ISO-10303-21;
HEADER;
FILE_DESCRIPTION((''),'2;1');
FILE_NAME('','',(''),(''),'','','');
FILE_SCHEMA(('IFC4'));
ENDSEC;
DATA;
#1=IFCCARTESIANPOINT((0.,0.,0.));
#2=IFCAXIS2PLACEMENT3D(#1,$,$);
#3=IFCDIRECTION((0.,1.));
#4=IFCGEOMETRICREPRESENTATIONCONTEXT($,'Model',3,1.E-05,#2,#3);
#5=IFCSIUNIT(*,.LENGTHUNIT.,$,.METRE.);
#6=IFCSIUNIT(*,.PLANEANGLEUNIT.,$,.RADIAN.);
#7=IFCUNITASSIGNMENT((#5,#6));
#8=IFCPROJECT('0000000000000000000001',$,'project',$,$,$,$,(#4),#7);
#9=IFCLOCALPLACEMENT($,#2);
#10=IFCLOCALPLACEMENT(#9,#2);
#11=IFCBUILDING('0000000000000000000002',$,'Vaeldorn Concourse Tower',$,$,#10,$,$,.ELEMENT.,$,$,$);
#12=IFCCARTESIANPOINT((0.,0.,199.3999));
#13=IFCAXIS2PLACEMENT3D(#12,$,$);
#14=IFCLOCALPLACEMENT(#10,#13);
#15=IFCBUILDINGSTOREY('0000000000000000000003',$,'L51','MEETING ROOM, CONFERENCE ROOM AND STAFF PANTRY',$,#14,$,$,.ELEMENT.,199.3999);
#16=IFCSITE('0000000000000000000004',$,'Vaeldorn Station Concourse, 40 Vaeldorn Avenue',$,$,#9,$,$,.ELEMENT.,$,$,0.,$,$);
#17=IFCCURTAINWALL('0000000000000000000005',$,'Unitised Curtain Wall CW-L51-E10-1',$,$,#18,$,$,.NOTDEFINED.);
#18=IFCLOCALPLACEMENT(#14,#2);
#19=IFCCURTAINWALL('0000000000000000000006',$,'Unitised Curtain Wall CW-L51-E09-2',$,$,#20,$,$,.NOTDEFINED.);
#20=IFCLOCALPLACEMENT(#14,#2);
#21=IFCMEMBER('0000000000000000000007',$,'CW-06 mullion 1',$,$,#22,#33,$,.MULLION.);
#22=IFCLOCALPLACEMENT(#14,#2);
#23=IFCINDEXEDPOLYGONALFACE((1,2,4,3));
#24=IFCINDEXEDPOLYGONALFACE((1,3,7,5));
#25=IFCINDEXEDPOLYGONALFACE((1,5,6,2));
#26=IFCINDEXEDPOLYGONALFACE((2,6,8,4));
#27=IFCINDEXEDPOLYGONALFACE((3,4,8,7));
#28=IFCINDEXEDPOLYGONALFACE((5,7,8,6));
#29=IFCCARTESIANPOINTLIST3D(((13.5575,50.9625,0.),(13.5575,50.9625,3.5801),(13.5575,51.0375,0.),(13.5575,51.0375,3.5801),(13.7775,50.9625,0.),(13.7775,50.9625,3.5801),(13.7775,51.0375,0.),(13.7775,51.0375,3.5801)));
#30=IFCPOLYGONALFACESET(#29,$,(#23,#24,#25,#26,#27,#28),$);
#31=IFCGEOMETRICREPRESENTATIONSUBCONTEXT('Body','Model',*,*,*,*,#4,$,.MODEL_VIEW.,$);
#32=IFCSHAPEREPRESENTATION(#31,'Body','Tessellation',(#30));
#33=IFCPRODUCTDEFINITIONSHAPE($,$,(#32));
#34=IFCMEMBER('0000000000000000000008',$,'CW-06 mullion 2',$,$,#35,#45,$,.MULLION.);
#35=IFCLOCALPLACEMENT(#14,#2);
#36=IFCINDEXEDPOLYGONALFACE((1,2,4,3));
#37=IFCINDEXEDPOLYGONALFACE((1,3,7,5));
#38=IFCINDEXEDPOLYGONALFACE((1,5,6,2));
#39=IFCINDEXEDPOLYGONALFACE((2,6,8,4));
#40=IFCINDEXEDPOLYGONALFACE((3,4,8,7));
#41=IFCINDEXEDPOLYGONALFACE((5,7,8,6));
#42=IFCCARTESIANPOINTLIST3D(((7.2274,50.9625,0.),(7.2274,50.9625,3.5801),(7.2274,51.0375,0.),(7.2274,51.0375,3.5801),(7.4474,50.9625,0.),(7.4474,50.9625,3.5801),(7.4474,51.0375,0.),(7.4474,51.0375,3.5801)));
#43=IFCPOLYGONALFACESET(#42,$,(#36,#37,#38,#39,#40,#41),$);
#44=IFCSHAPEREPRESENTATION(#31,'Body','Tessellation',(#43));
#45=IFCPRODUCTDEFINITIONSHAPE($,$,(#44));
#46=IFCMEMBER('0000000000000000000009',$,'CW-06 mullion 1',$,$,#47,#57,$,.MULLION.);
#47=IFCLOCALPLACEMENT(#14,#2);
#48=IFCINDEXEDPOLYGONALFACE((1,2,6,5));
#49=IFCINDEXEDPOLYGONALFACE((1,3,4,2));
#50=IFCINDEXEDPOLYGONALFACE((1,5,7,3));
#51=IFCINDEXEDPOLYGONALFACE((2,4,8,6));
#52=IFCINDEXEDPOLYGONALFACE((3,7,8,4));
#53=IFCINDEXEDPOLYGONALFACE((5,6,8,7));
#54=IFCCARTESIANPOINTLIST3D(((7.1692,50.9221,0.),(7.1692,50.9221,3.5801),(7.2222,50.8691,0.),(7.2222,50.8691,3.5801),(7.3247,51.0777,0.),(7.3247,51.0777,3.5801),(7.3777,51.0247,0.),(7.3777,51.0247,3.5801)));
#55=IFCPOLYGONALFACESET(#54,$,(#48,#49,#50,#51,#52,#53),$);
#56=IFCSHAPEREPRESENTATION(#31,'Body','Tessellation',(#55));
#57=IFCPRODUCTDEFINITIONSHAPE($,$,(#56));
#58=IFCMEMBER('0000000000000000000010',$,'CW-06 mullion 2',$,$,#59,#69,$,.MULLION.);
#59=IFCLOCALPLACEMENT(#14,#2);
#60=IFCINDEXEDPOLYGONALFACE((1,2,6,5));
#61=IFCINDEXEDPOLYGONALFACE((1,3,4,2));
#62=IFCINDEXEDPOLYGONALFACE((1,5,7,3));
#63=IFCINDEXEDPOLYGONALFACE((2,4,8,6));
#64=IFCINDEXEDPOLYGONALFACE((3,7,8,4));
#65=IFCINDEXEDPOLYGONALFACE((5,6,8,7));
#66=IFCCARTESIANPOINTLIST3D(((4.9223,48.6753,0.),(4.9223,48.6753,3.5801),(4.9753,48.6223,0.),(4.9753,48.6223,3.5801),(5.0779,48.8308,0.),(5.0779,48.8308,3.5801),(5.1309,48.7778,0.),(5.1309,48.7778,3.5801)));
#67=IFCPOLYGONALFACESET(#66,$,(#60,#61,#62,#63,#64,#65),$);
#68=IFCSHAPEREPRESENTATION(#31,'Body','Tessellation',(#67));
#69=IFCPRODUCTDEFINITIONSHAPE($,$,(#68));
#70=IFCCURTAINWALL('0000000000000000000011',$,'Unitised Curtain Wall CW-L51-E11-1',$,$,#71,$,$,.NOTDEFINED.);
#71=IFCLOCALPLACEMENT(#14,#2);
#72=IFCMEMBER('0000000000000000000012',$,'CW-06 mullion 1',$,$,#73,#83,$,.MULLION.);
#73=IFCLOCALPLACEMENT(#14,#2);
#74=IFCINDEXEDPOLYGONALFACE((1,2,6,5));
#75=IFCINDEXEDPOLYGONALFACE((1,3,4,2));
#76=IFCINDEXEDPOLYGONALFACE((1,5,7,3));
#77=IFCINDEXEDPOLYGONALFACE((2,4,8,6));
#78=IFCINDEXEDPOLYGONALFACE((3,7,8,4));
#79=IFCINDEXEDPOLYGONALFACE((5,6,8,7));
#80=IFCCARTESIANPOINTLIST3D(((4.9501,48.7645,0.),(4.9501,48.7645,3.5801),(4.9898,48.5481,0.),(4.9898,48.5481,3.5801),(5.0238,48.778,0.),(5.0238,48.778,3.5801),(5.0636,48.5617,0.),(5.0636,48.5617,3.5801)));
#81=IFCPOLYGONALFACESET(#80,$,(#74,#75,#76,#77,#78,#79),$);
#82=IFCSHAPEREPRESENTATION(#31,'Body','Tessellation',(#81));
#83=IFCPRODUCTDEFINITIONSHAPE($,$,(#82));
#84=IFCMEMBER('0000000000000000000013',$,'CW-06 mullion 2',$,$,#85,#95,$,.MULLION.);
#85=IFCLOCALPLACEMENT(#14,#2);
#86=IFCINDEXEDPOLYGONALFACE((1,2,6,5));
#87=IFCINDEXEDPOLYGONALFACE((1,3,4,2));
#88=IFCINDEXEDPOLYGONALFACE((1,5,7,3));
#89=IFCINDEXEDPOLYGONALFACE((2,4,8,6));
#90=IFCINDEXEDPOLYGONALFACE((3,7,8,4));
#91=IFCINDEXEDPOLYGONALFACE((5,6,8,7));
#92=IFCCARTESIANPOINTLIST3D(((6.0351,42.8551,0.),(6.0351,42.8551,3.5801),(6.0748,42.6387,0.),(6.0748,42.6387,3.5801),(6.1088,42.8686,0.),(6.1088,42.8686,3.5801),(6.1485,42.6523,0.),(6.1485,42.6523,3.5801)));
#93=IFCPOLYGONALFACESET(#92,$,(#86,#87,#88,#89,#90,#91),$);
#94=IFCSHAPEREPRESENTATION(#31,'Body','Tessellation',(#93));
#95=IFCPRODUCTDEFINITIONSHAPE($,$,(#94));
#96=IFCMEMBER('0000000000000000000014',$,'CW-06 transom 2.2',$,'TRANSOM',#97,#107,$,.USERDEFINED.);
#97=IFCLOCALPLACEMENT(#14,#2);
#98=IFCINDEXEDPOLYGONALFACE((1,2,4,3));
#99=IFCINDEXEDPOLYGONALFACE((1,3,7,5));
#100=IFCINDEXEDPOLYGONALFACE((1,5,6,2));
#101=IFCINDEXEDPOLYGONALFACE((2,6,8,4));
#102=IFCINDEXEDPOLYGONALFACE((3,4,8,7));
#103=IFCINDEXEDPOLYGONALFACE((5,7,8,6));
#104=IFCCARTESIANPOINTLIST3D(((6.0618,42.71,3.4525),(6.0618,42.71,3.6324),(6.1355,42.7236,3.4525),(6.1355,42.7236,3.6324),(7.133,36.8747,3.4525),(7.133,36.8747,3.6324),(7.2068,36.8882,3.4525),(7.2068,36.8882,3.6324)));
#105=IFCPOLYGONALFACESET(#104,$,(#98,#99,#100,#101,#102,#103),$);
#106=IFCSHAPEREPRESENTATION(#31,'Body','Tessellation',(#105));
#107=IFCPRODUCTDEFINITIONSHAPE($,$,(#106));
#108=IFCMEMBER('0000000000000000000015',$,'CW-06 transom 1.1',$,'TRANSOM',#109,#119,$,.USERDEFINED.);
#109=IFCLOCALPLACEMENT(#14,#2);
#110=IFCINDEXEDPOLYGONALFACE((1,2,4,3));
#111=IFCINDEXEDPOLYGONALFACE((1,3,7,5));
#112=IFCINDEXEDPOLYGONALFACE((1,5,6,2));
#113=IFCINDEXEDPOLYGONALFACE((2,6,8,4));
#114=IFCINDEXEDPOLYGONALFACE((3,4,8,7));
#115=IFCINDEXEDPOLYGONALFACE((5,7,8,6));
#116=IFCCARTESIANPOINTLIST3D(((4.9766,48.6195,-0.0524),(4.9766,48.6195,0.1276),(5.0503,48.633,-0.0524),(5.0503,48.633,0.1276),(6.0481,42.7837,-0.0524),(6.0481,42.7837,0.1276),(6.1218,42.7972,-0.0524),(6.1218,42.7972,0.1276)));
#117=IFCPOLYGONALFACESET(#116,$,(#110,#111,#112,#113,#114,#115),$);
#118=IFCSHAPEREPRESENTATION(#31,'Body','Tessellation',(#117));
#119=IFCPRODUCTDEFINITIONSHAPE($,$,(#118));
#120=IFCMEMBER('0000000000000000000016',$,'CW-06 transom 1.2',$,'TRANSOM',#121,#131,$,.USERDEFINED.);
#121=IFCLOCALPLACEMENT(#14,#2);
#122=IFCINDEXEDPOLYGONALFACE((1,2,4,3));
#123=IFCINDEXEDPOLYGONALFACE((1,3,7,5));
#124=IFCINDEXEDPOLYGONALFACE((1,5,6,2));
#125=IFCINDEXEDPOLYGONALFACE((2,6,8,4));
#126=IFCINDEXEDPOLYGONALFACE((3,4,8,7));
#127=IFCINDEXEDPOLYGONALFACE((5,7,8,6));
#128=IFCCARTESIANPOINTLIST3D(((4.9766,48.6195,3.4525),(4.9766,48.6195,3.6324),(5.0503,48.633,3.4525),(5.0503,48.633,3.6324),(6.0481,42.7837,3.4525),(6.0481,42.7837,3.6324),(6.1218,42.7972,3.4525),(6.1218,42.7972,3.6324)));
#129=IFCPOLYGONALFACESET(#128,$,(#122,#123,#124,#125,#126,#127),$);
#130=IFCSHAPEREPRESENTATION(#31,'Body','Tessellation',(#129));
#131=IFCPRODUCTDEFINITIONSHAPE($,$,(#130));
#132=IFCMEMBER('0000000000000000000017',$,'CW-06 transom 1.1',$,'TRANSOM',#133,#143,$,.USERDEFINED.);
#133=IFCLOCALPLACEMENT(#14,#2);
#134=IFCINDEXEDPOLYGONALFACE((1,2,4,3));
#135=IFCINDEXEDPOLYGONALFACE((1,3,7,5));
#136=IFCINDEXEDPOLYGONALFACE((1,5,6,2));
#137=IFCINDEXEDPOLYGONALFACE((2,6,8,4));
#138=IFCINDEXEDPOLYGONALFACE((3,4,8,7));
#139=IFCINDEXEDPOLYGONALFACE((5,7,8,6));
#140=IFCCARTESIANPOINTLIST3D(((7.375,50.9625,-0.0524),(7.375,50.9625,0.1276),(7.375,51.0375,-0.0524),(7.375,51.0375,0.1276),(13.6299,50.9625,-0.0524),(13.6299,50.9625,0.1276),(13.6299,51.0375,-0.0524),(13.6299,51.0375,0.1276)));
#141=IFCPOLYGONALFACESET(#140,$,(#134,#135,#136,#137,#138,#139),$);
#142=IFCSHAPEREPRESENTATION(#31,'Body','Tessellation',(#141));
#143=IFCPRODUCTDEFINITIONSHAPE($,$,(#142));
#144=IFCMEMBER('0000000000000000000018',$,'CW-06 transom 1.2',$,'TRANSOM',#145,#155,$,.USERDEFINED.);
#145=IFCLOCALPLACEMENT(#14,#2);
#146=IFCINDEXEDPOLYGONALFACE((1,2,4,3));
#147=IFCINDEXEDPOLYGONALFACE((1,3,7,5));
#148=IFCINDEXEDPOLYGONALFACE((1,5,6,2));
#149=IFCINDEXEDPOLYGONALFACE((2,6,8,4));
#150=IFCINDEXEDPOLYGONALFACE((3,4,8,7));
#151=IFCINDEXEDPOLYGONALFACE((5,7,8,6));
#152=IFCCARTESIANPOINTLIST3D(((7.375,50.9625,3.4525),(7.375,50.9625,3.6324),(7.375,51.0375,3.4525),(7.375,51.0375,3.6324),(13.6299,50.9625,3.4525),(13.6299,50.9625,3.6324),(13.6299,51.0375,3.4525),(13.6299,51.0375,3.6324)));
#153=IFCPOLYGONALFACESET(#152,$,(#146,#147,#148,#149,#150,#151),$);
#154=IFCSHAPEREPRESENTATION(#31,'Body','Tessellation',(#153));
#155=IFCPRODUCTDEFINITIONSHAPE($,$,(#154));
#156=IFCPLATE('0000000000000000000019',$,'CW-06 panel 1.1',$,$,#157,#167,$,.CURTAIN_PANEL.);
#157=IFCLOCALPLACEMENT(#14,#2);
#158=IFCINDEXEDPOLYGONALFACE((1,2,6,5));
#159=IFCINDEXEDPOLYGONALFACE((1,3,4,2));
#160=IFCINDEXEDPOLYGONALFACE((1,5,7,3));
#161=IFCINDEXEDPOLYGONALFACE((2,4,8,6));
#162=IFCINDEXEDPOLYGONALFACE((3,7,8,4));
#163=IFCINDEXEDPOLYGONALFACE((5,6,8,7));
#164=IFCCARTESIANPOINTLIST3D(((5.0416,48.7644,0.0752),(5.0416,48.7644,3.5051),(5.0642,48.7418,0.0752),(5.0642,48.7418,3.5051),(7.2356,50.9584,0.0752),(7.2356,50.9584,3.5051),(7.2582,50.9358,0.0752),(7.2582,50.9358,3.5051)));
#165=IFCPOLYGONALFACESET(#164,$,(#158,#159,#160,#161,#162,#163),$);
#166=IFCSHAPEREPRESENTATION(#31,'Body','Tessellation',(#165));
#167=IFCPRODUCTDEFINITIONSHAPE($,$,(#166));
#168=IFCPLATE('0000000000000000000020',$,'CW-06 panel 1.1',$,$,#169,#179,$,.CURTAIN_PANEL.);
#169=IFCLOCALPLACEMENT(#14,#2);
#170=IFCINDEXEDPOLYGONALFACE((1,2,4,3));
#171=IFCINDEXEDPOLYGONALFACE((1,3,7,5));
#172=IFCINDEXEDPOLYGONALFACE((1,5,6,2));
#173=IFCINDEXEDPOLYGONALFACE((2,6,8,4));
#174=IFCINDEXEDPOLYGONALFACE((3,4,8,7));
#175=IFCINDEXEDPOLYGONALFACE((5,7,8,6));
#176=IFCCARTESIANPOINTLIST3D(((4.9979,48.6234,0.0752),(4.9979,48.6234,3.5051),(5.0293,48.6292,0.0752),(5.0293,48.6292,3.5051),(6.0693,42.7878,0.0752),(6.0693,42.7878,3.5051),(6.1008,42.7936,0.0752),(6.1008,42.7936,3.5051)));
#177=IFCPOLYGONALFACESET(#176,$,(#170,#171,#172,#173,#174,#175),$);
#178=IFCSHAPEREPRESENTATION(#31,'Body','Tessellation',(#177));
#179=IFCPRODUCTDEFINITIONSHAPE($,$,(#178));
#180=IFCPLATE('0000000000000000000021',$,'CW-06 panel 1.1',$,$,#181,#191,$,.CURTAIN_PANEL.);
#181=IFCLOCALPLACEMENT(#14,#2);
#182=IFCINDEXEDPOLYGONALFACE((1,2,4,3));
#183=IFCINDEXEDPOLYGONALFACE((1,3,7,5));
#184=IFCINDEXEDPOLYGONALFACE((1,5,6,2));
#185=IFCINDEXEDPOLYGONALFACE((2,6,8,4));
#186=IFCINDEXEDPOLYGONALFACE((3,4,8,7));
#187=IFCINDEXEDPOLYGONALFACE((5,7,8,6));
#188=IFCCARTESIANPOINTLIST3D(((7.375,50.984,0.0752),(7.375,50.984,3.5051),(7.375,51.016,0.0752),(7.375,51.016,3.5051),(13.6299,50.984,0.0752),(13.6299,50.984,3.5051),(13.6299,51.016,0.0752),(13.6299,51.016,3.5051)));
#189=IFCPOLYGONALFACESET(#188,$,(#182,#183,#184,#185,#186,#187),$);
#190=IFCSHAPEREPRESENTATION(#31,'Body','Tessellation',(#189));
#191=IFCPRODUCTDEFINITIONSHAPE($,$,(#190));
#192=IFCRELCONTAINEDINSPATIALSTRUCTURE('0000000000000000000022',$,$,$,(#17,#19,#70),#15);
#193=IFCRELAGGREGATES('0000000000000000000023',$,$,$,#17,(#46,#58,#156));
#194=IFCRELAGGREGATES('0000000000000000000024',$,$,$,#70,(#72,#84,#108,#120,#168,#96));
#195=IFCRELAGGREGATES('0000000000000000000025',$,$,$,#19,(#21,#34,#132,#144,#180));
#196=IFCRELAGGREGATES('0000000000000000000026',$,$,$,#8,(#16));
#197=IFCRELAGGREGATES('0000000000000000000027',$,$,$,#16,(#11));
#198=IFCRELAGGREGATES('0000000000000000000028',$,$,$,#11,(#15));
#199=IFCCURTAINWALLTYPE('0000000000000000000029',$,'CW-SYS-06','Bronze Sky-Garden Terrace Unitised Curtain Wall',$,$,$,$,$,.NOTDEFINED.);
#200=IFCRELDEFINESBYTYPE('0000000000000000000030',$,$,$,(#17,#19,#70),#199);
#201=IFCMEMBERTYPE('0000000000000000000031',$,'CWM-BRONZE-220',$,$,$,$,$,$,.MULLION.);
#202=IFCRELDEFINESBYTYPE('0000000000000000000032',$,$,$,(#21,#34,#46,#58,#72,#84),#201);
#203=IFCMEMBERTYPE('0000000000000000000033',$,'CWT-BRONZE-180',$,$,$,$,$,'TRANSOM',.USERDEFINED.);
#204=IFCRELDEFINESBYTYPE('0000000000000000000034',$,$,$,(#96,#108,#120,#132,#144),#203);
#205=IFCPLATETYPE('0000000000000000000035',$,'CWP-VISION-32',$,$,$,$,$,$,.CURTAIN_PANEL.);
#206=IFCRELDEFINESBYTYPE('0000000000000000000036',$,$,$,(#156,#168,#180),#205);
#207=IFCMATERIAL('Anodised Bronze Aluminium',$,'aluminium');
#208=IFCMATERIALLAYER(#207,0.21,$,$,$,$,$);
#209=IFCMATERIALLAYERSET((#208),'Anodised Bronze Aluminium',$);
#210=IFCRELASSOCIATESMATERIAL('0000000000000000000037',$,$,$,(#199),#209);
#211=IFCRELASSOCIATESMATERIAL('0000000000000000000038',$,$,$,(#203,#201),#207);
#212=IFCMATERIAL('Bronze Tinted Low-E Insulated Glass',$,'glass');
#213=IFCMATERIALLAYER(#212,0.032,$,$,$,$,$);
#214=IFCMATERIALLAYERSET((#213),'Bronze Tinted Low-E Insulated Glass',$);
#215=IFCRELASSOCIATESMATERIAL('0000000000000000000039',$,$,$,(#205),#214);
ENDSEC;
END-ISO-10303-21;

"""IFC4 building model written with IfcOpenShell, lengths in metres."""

from ifc_helpers import new_model, si_unit, direction, frame, origin, origin_2d, place, context, subcontext, project, spatial, rectangle, extrude, source, transform, mapped, material, layer, layer_set, material_profile, profile_set, type_object, element, aggregate, save


model = new_model("IFC4")

# Units and contexts
model_context = context("Model", 3, precision=1e-05, world=origin(), true_north=direction((0.0, 1.0)))
body_context = subcontext(model_context, "Body", "Model", "MODEL_VIEW")
ifc_project = project(units=[si_unit("LENGTHUNIT", "METRE"), si_unit("PLANEANGLEUNIT", "RADIAN")], contexts=[model_context])

# Site, building, storey
site_placement = place(None, origin())
site = spatial("IfcSite", under=ifc_project, at=site_placement, Name="Vaeldorn Station Concourse, 40 Vaeldorn Avenue", CompositionType="ELEMENT", RefElevation=0.0)
building_placement = place(site_placement, origin())
building = spatial("IfcBuilding", under=site, at=building_placement, Name="Vaeldorn Concourse Tower", CompositionType="ELEMENT")
storey_placement = place(building_placement, frame((0.0, 0.0, 199.3999)))
storey = spatial("IfcBuildingStorey", under=building, at=storey_placement, Name="L51", Description="MEETING ROOM, CONFERENCE ROOM AND STAFF PANTRY", CompositionType="ELEMENT", Elevation=199.3999)

# Curtain walls, members
ifc_material_1 = material(Name="Anodised Bronze Aluminium", Category="aluminium")
ifc_layer_1 = layer(ifc_material_1, 0.21)
ifc_layer_set_1 = layer_set([ifc_layer_1], Name="Anodised Bronze Aluminium")
curtain_wall_type = type_object("IfcCurtainWallType", Name="CW-SYS-06", Description="Bronze Sky-Garden Terrace Unitised Curtain Wall", PredefinedType="NOTDEFINED", material=ifc_layer_set_1)
curtain_wall_1_placement = place(storey_placement, origin())
curtain_wall_1 = element("IfcCurtainWall", 1, at=curtain_wall_1_placement, inside=storey, type_object=curtain_wall_type, Name="Unitised Curtain Wall CW-L51-E10-1", PredefinedType="NOTDEFINED")
ifc_material_profile_1 = material_profile(ifc_material_1, rectangle(XDim=0.075, YDim=0.1799, at=origin_2d()), Name="CWT 75x180")
ifc_profile_set_1 = profile_set([ifc_material_profile_1], Name="Anodised Bronze Aluminium")
member_type_1 = type_object("IfcMemberType", Name="CWT-BRONZE-180", ElementType="TRANSOM", PredefinedType="USERDEFINED", material=ifc_profile_set_1)
curtain_wall_2_placement = place(storey_placement, origin())
curtain_wall_2 = element("IfcCurtainWall", 2, at=curtain_wall_2_placement, inside=storey, type_object=curtain_wall_type, Name="Unitised Curtain Wall CW-L51-E09-2", PredefinedType="NOTDEFINED")
ifc_material_profile_2 = material_profile(ifc_material_1, rectangle(XDim=0.075, YDim=0.22, at=origin_2d()), Name="CWM 75x220")
ifc_profile_set_2 = profile_set([ifc_material_profile_2], Name="Anodised Bronze Aluminium")
member_type_2 = type_object("IfcMemberType", Name="CWM-BRONZE-220", PredefinedType="MULLION", material=ifc_profile_set_2)
shared_shape_1 = source(origin(), body_context, "Body", "SweptSolid", [
    extrude(rectangle(XDim=0.075, YDim=0.22, at=origin_2d()), origin(), (0.0, 0.0, 1.0), 3.5801),
])
member_1_placement = place(storey_placement, frame((13.6675, 51.0, 0.0), z_axis=(0.0, 0.0, 1.0), x_axis=(0.0, -1.0, 0.0)))
member_1 = element("IfcMember", 3, at=member_1_placement, type_object=member_type_2, Name="CW-06 mullion 1", PredefinedType="MULLION", context=body_context, shape_type="MappedRepresentation", body=[
    mapped(shared_shape_1, transform((0.0, 0.0, 0.0), scale=1.0)),
])
member_2_placement = place(storey_placement, frame((7.3374, 51.0, 0.0), z_axis=(0.0, 0.0, 1.0), x_axis=(0.0, -1.0, 0.0)))
member_2 = element("IfcMember", 4, at=member_2_placement, type_object=member_type_2, Name="CW-06 mullion 2", PredefinedType="MULLION", context=body_context, shape_type="MappedRepresentation", body=[
    mapped(shared_shape_1, transform((0.0, 0.0, 0.0), scale=1.0)),
])

# Members
member_3_placement = place(storey_placement, frame((7.2734, 50.9734, 0.0), z_axis=(0.0, 0.0, 1.0), x_axis=(0.707107, -0.707107, 0.0)))
member_3 = element("IfcMember", 5, at=member_3_placement, type_object=member_type_2, Name="CW-06 mullion 1", PredefinedType="MULLION", context=body_context, shape_type="MappedRepresentation", body=[
    mapped(shared_shape_1, transform((0.0, 0.0, 0.0), scale=1.0)),
])
member_4_placement = place(storey_placement, frame((5.0266, 48.7266, 0.0), z_axis=(0.0, 0.0, 1.0), x_axis=(0.707107, -0.707107, 0.0)))
member_4 = element("IfcMember", 6, at=member_4_placement, type_object=member_type_2, Name="CW-06 mullion 2", PredefinedType="MULLION", context=body_context, shape_type="MappedRepresentation", body=[
    mapped(shared_shape_1, transform((0.0, 0.0, 0.0), scale=1.0)),
])

# Curtain wall, members
curtain_wall_3_placement = place(storey_placement, origin())
curtain_wall_3 = element("IfcCurtainWall", 7, at=curtain_wall_3_placement, inside=storey, type_object=curtain_wall_type, Name="Unitised Curtain Wall CW-L51-E11-1", PredefinedType="NOTDEFINED")
member_5_placement = place(storey_placement, frame((5.0068, 48.6631, 0.0), z_axis=(0.0, 0.0, 1.0), x_axis=(0.983559, 0.180585, 0.0)))
member_5 = element("IfcMember", 8, at=member_5_placement, type_object=member_type_2, Name="CW-06 mullion 1", PredefinedType="MULLION", context=body_context, shape_type="MappedRepresentation", body=[
    mapped(shared_shape_1, transform((0.0, 0.0, 0.0), scale=1.0)),
])
member_6_placement = place(storey_placement, frame((6.0918, 42.7537, 0.0), z_axis=(0.0, 0.0, 1.0), x_axis=(0.983559, 0.180585, 0.0)))
member_6 = element("IfcMember", 9, at=member_6_placement, type_object=member_type_2, Name="CW-06 mullion 2", PredefinedType="MULLION", context=body_context, shape_type="MappedRepresentation", body=[
    mapped(shared_shape_1, transform((0.0, 0.0, 0.0), scale=1.0)),
])
shared_shape_2 = source(origin(), body_context, "Body", "SweptSolid", [
    extrude(rectangle(XDim=0.075, YDim=0.1799, at=origin_2d()), origin(), (0.0, 0.0, 1.0), 5.9329),
])
member_7_placement = place(storey_placement, frame((6.0986, 42.7168, 3.5425), z_axis=(0.180565, -0.983563, 0.0), x_axis=(0.983563, 0.180565, 0.0)))
member_7 = element("IfcMember", 10, at=member_7_placement, type_object=member_type_1, Name="CW-06 transom 2.2", ObjectType="TRANSOM", PredefinedType="USERDEFINED", context=body_context, shape_type="MappedRepresentation", body=[
    mapped(shared_shape_2, transform((0.0, 0.0, 0.0), scale=1.0)),
])
shared_shape_3 = source(origin(), body_context, "Body", "SweptSolid", [
    extrude(rectangle(XDim=0.075, YDim=0.1799, at=origin_2d()), origin(), (0.0, 0.0, 1.0), 5.9333),
])
member_8_placement = place(storey_placement, frame((5.0134, 48.6262, 0.0376), z_axis=(0.180598, -0.983557, 0.0), x_axis=(0.983557, 0.180598, 0.0)))
member_8 = element("IfcMember", 11, at=member_8_placement, type_object=member_type_1, Name="CW-06 transom 1.1", ObjectType="TRANSOM", PredefinedType="USERDEFINED", context=body_context, shape_type="MappedRepresentation", body=[
    mapped(shared_shape_3, transform((0.0, 0.0, 0.0), scale=1.0)),
])
member_9_placement = place(storey_placement, frame((5.0134, 48.6262, 3.5425), z_axis=(0.180598, -0.983557, 0.0), x_axis=(0.983557, 0.180598, 0.0)))
member_9 = element("IfcMember", 12, at=member_9_placement, type_object=member_type_1, Name="CW-06 transom 1.2", ObjectType="TRANSOM", PredefinedType="USERDEFINED", context=body_context, shape_type="MappedRepresentation", body=[
    mapped(shared_shape_3, transform((0.0, 0.0, 0.0), scale=1.0)),
])

# Members
shared_shape_4 = source(origin(), body_context, "Body", "SweptSolid", [
    extrude(rectangle(XDim=0.075, YDim=0.1799, at=origin_2d()), origin(), (0.0, 0.0, 1.0), 6.2549),
])
member_10_placement = place(storey_placement, frame((13.6299, 51.0, 0.0376), z_axis=(-1.0, 0.0, 0.0), x_axis=(0.0, -1.0, 0.0)))
member_10 = element("IfcMember", 13, at=member_10_placement, type_object=member_type_1, Name="CW-06 transom 1.1", ObjectType="TRANSOM", PredefinedType="USERDEFINED", context=body_context, shape_type="MappedRepresentation", body=[
    mapped(shared_shape_4, transform((0.0, 0.0, 0.0), scale=1.0)),
])
member_11_placement = place(storey_placement, frame((13.6299, 51.0, 3.5425), z_axis=(-1.0, 0.0, 0.0), x_axis=(0.0, -1.0, 0.0)))
member_11 = element("IfcMember", 14, at=member_11_placement, type_object=member_type_1, Name="CW-06 transom 1.2", ObjectType="TRANSOM", PredefinedType="USERDEFINED", context=body_context, shape_type="MappedRepresentation", body=[
    mapped(shared_shape_4, transform((0.0, 0.0, 0.0), scale=1.0)),
])

# Plates
ifc_material_2 = material(Name="Bronze Tinted Low-E Insulated Glass", Category="glass")
ifc_layer_2 = layer(ifc_material_2, 0.032)
ifc_layer_set_2 = layer_set([ifc_layer_2], Name="Bronze Tinted Low-E Insulated Glass")
plate_type = type_object("IfcPlateType", Name="CWP-VISION-32", PredefinedType="CURTAIN_PANEL", material=ifc_layer_set_2)
shared_shape_5 = source(origin(), body_context, "Body", "SweptSolid", [
    extrude(rectangle(XDim=3.1028, YDim=0.032, at=origin_2d()), origin(), (0.0, 0.0, 1.0), 3.4299),
])
plate_1_placement = place(storey_placement, frame((6.1499, 49.8501, 0.0752), z_axis=(0.0, 0.0, 1.0), x_axis=(-0.707107, -0.707107, 0.0)))
plate_1 = element("IfcPlate", 15, at=plate_1_placement, type_object=plate_type, Name="CW-06 panel 1.1", PredefinedType="CURTAIN_PANEL", context=body_context, shape_type="MappedRepresentation", body=[
    mapped(shared_shape_5, transform((0.0, 0.0, 0.0), scale=1.0)),
])
aggregate(curtain_wall_1, [member_3, member_4, plate_1])
shared_shape_6 = source(origin(), body_context, "Body", "SweptSolid", [
    extrude(rectangle(XDim=5.9331, YDim=0.032, at=origin_2d()), origin(), (0.0, 0.0, 1.0), 3.4299),
])
plate_2_placement = place(storey_placement, frame((5.5493, 45.7085, 0.0752), z_axis=(0.0, 0.0, 1.0), x_axis=(0.180585, -0.983559, 0.0)))
plate_2 = element("IfcPlate", 16, at=plate_2_placement, type_object=plate_type, Name="CW-06 panel 1.1", PredefinedType="CURTAIN_PANEL", context=body_context, shape_type="MappedRepresentation", body=[
    mapped(shared_shape_6, transform((0.0, 0.0, 0.0), scale=1.0)),
])
aggregate(curtain_wall_3, [member_5, member_6, member_8, member_9, plate_2, member_7])
shared_shape_7 = source(origin(), body_context, "Body", "SweptSolid", [
    extrude(rectangle(XDim=6.2549, YDim=0.032, at=origin_2d()), origin(), (0.0, 0.0, 1.0), 3.4299),
])
plate_3_placement = place(storey_placement, frame((10.5024, 51.0, 0.0752), z_axis=(0.0, 0.0, 1.0), x_axis=(-1.0, 0.0, 0.0)))
plate_3 = element("IfcPlate", 17, at=plate_3_placement, type_object=plate_type, Name="CW-06 panel 1.1", PredefinedType="CURTAIN_PANEL", context=body_context, shape_type="MappedRepresentation", body=[
    mapped(shared_shape_7, transform((0.0, 0.0, 0.0), scale=1.0)),
])
aggregate(curtain_wall_2, [member_1, member_2, member_10, member_11, plate_3])

save(model, "model.ifc")
